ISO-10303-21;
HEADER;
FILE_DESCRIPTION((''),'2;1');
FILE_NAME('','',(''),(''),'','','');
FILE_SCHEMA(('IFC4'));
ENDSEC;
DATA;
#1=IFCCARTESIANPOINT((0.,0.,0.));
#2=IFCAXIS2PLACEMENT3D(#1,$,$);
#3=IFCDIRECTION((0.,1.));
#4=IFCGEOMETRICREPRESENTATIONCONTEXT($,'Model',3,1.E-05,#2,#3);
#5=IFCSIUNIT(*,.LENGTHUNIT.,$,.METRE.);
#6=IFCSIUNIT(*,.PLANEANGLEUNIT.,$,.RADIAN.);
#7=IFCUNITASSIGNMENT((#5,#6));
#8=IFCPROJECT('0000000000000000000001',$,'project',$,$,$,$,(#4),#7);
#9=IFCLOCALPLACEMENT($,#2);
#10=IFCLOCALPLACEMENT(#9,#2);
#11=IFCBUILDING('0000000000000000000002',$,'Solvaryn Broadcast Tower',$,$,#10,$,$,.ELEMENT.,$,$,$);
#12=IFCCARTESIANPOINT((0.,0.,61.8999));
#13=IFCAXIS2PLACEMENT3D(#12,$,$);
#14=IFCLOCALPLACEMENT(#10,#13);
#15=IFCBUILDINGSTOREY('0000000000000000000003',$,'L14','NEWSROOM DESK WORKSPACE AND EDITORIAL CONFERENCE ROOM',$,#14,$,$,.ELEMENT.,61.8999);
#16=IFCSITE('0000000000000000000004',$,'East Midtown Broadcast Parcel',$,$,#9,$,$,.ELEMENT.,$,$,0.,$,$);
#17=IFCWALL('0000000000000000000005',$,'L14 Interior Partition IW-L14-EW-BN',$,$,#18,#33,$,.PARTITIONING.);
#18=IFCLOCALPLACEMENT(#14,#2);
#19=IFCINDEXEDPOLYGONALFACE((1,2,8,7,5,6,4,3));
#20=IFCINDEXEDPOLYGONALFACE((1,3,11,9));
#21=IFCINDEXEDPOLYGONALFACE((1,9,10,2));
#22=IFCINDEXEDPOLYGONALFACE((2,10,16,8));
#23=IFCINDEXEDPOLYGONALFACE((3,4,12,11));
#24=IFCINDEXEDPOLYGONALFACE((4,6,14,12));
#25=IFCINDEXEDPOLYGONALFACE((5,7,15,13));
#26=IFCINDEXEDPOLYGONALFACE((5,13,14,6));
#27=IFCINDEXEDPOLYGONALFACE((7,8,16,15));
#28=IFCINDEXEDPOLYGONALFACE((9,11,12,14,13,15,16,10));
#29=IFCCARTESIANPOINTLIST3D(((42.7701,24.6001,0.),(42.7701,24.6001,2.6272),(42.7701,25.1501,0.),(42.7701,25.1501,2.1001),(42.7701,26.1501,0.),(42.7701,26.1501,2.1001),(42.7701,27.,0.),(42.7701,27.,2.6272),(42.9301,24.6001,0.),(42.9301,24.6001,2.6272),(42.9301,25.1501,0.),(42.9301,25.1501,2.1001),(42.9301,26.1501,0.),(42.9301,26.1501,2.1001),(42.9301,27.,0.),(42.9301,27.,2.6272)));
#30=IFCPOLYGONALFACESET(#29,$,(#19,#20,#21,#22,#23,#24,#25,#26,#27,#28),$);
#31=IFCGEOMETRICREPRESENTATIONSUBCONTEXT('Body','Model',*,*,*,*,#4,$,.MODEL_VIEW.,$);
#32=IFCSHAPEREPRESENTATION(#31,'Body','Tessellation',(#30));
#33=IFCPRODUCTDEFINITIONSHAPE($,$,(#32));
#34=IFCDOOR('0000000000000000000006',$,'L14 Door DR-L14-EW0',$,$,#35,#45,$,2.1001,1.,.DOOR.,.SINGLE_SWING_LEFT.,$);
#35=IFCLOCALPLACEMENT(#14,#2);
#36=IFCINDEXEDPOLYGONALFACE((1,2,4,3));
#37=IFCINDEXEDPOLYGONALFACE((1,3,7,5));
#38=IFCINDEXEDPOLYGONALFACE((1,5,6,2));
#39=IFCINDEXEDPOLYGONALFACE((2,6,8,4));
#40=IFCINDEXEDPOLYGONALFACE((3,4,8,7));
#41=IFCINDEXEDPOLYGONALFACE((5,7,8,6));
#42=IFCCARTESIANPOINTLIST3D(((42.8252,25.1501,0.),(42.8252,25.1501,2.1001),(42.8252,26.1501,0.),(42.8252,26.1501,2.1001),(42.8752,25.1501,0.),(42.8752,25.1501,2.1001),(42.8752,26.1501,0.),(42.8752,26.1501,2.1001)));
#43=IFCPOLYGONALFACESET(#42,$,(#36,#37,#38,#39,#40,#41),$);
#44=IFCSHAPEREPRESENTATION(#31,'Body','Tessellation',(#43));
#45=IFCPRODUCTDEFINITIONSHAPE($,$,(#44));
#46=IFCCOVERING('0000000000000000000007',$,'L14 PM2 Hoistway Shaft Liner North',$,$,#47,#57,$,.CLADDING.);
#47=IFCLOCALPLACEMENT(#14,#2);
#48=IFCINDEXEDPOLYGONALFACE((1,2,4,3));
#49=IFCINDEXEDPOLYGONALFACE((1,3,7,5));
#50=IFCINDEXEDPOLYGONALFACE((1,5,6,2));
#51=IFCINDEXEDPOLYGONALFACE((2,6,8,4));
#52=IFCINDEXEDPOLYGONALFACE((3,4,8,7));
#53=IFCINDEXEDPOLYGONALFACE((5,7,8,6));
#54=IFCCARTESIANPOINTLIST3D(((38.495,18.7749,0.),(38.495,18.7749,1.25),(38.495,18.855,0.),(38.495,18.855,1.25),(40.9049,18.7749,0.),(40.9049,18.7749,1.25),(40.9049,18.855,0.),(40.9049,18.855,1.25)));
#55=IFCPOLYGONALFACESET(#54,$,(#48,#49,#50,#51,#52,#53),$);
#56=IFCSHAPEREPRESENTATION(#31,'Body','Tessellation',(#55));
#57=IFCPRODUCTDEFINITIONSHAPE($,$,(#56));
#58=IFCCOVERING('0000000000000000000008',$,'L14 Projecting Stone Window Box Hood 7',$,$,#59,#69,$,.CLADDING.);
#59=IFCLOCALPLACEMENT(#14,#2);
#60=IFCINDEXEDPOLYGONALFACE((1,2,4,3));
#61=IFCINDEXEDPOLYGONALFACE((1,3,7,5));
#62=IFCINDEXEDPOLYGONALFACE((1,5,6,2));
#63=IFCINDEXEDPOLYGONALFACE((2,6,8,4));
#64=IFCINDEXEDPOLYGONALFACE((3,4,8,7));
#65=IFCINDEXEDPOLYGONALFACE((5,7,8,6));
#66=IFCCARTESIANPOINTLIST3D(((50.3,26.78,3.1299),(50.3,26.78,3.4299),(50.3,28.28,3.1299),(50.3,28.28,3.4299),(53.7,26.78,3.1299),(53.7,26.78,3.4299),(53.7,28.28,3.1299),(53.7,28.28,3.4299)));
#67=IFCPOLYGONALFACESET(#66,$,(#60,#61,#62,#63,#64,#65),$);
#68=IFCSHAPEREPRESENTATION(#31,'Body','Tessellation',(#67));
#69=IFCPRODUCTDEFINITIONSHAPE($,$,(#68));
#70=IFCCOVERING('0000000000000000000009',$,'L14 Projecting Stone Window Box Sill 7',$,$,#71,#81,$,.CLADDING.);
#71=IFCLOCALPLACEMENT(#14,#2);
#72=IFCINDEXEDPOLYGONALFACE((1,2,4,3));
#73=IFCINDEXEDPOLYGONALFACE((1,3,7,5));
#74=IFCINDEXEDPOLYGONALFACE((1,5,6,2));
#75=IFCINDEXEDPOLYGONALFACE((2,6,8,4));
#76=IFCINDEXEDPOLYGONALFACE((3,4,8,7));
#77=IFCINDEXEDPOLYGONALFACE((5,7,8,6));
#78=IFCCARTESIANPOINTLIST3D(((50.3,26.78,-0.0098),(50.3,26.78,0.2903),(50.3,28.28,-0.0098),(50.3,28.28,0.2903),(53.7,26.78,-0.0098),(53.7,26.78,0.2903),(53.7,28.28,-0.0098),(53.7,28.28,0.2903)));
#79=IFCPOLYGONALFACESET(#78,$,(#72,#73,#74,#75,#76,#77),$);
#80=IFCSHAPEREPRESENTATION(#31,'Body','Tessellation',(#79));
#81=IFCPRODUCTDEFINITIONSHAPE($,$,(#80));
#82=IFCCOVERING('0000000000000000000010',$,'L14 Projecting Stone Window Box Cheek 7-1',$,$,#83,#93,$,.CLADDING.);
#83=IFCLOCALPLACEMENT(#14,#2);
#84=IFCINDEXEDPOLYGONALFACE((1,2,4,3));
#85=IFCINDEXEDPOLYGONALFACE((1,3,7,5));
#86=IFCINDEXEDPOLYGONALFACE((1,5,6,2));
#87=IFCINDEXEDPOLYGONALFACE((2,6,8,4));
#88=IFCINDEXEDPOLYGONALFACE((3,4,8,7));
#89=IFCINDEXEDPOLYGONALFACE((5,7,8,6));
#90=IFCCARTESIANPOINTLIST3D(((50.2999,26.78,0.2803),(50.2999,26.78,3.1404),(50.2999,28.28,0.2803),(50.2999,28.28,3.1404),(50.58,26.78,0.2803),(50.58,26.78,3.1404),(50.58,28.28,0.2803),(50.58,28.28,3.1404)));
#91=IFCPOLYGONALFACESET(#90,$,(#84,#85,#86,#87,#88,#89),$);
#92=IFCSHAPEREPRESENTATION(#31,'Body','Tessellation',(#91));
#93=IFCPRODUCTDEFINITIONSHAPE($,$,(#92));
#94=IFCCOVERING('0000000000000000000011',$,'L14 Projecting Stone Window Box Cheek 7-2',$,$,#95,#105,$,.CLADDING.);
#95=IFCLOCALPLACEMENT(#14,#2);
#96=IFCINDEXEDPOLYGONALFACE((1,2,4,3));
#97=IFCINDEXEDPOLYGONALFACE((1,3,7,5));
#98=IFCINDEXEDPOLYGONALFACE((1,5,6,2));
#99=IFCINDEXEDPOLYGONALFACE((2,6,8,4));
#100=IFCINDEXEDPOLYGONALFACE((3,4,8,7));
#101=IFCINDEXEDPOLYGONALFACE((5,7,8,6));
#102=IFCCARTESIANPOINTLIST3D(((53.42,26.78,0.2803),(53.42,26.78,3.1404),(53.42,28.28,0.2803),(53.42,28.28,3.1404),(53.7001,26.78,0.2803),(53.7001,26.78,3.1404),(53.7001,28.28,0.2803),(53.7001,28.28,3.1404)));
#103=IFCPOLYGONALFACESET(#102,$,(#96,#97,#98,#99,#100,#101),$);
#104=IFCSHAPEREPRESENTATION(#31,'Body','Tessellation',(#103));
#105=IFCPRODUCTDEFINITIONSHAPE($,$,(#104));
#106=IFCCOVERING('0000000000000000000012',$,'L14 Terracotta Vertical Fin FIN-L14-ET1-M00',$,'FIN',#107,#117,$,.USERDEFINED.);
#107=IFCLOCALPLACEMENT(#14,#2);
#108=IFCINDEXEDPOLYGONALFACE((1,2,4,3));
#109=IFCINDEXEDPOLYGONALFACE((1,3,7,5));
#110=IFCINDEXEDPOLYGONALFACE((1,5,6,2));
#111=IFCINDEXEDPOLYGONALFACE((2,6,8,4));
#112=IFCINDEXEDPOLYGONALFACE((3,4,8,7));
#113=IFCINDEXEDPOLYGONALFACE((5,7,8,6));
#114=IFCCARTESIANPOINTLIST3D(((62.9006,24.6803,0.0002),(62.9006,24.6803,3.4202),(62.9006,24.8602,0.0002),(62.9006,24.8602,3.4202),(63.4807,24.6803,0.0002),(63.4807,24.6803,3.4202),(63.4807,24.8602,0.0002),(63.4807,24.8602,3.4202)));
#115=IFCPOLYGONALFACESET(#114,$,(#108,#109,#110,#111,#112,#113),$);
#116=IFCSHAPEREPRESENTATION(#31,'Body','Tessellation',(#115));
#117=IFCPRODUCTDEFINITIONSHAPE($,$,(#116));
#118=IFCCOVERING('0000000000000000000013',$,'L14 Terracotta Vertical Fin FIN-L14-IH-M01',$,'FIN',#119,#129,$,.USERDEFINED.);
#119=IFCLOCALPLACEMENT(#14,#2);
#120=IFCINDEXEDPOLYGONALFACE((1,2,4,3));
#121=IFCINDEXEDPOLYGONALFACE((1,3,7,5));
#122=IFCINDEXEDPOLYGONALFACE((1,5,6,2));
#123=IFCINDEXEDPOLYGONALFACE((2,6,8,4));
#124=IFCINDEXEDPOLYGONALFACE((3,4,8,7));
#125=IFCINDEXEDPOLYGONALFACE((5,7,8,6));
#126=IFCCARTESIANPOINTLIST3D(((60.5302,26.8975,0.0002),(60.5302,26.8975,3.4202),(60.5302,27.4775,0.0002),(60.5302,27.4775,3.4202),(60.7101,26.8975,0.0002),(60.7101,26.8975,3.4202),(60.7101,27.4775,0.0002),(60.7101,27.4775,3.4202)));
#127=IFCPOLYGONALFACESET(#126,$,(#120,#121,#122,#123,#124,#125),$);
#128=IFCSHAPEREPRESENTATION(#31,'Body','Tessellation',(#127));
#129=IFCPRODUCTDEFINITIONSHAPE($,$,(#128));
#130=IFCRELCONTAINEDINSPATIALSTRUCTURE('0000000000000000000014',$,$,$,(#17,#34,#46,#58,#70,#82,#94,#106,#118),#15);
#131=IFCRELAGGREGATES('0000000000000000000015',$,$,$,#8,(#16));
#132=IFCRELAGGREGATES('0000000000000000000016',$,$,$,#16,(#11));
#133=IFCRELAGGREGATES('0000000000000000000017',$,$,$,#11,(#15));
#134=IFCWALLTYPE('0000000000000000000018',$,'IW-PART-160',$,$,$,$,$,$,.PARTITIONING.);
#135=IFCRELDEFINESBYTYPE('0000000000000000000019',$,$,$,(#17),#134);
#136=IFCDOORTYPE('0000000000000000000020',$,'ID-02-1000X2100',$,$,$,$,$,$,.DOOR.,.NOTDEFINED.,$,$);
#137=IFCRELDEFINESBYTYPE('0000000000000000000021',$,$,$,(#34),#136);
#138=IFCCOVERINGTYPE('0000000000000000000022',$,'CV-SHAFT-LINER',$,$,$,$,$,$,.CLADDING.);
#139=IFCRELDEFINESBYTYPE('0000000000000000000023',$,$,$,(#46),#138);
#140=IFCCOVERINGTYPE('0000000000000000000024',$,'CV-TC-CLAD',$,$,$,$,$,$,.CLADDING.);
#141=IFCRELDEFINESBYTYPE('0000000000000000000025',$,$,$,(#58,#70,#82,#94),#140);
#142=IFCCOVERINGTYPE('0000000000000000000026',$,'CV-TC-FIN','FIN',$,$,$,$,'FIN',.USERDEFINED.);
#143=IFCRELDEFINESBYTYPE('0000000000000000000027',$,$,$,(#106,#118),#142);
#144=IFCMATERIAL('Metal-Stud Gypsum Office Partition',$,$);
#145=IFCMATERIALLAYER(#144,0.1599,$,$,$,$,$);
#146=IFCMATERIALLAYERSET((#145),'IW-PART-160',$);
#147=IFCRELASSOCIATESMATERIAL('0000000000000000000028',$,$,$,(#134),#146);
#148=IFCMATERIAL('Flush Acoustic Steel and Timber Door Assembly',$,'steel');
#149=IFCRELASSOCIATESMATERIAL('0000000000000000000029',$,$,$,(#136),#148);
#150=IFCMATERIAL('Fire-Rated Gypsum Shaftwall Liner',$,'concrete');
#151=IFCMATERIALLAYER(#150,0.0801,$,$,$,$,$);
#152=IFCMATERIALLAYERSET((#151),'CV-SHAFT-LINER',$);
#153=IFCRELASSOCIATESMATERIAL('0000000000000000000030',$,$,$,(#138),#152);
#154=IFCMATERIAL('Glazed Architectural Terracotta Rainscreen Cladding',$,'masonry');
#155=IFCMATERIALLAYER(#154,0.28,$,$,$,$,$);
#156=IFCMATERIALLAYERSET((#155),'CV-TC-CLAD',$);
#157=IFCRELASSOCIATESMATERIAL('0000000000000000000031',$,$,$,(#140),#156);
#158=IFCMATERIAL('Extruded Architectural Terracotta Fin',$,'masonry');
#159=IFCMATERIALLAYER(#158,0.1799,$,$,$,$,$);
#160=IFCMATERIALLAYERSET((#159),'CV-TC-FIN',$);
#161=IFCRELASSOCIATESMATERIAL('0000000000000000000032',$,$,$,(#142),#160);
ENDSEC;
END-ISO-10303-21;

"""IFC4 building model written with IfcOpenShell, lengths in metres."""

from ifc_helpers import new_model, si_unit, direction, frame, frame_2d, origin, origin_2d, place, context, subcontext, project, spatial, rectangle, extrude, material, layer, layer_set, type_object, element, fill, save


model = new_model("IFC4")

# Units and contexts
model_context = context("Model", 3, precision=1e-05, world=origin(), true_north=direction((0.0, 1.0)))
body_context = subcontext(model_context, "Body", "Model", "MODEL_VIEW")
ifc_project = project(units=[si_unit("LENGTHUNIT", "METRE"), si_unit("PLANEANGLEUNIT", "RADIAN")], contexts=[model_context])

# Site, building, storey
site_placement = place(None, origin())
site = spatial("IfcSite", under=ifc_project, at=site_placement, Name="East Midtown Broadcast Parcel", CompositionType="ELEMENT", RefElevation=0.0)
building_placement = place(site_placement, origin())
building = spatial("IfcBuilding", under=site, at=building_placement, Name="Solvaryn Broadcast Tower", CompositionType="ELEMENT")
storey_placement = place(building_placement, frame((0.0, 0.0, 61.8999)))
storey = spatial("IfcBuildingStorey", under=building, at=storey_placement, Name="L14", Description="NEWSROOM DESK WORKSPACE AND EDITORIAL CONFERENCE ROOM", CompositionType="ELEMENT", Elevation=61.8999)

# Wall, opening, door
ifc_material_1 = material(Name="Metal-Stud Gypsum Office Partition")
ifc_layer_1 = layer(ifc_material_1, 0.1599)
ifc_layer_set_1 = layer_set([ifc_layer_1], Name="IW-PART-160")
wall_type_1 = type_object("IfcWallType", Name="IW-PART-160", PredefinedType="PARTITIONING", material=ifc_layer_set_1)
wall_1_placement = place(storey_placement, frame((42.8501, 24.6001, 0.0), z_axis=(0.0, 0.0, 1.0), x_axis=(0.0, 1.0, 0.0)))
wall_1 = element("IfcWall", 1, at=wall_1_placement, inside=storey, type_object=wall_type_1, Name="L14 Interior Partition IW-L14-EW-BN", PredefinedType="PARTITIONING", context=body_context, shape_type="SweptSolid", body=[
    extrude(rectangle(XDim=2.3999, YDim=0.1599, at=frame_2d((1.2, 0.0))), origin(), (0.0, 0.0, 1.0), 2.6272),
])
opening_1_placement = place(wall_1_placement, frame((0.55, 0.0, 0.0)))
opening_1 = element("IfcOpeningElement", 2, at=opening_1_placement, cuts=wall_1, PredefinedType="OPENING", context=body_context, shape_type="SweptSolid", body=[
    extrude(rectangle(XDim=1.0, YDim=2.1001, at=frame_2d((0.5, 1.05))), frame((0.0, 0.0901, 0.0), z_axis=(0.0, -1.0, 0.0), x_axis=(1.0, 0.0, 0.0)), (0.0, 0.0, 1.0), 0.1799),
])
ifc_material_2 = material(Name="Flush Acoustic Steel and Timber Door Assembly", Category="steel")
door_type_1 = type_object("IfcDoorType", Name="ID-02-1000X2100", OperationType="NOTDEFINED", PredefinedType="DOOR", material=ifc_material_2)
door_1_placement = place(opening_1_placement, origin())
door_1 = element("IfcDoor", 3, at=door_1_placement, inside=storey, type_object=door_type_1, Name="L14 Door DR-L14-EW0", OperationType="SINGLE_SWING_LEFT", OverallHeight=2.1001, OverallWidth=1.0, PredefinedType="DOOR", context=body_context, shape_type="SweptSolid", body=[
    extrude(rectangle(XDim=1.0, YDim=2.1001, at=frame_2d((0.5, 1.05))), frame((0.0, 0.0249, 0.0), z_axis=(0.0, -1.0, 0.0), x_axis=(1.0, 0.0, 0.0)), (0.0, 0.0, 1.0), 0.05),
])
fill(opening_1, door_1)

# Coverings
ifc_material_3 = material(Name="Fire-Rated Gypsum Shaftwall Liner", Category="concrete")
ifc_layer_2 = layer(ifc_material_3, 0.0801)
ifc_layer_set_2 = layer_set([ifc_layer_2], Name="CV-SHAFT-LINER")
covering_type_1 = type_object("IfcCoveringType", Name="CV-SHAFT-LINER", PredefinedType="CLADDING", material=ifc_layer_set_2)
covering_1_placement = place(storey_placement, frame((39.7, 18.8149, 0.0), z_axis=(0.0, 0.0, 1.0), x_axis=(1.0, 0.0, 0.0)))
element("IfcCovering", 4, at=covering_1_placement, inside=storey, type_object=covering_type_1, Name="L14 PM2 Hoistway Shaft Liner North", PredefinedType="CLADDING", context=body_context, shape_type="SweptSolid", body=[
    extrude(rectangle(XDim=2.4099, YDim=0.0801, at=origin_2d()), origin(), (0.0, 0.0, 1.0), 1.25),
])
ifc_material_4 = material(Name="Glazed Architectural Terracotta Rainscreen Cladding", Category="masonry")
ifc_layer_3 = layer(ifc_material_4, 0.28)
ifc_layer_set_3 = layer_set([ifc_layer_3], Name="CV-TC-CLAD")
covering_type_2 = type_object("IfcCoveringType", Name="CV-TC-CLAD", PredefinedType="CLADDING", material=ifc_layer_set_3)
for number, where, z_axis, x_axis, name in (
    (5, (52.0, 27.53, 3.1299), (0.0, 0.0, 1.0), (1.0, 0.0, 0.0), "L14 Projecting Stone Window Box Hood 7"),
    (6, (52.0, 27.53, -0.0098), (0.0, 0.0, 1.0), (1.0, 0.0, 0.0), "L14 Projecting Stone Window Box Sill 7"),
):
    element("IfcCovering", number, at=place(storey_placement, frame(where, z_axis=z_axis, x_axis=x_axis)), inside=storey, type_object=covering_type_2, Name=name, PredefinedType="CLADDING", context=body_context, shape_type="SweptSolid", body=[
        extrude(rectangle(XDim=3.3999, YDim=1.5, at=origin_2d()), origin(), (0.0, 0.0, 1.0), 0.3),
    ])
for number, where, z_axis, x_axis, name in (
    (7, (50.4399, 27.53, 0.2803), (0.0, 0.0, 1.0), (1.0, 0.0, 0.0), "L14 Projecting Stone Window Box Cheek 7-1"),
    (8, (53.5601, 27.53, 0.2803), (0.0, 0.0, 1.0), (1.0, 0.0, 0.0), "L14 Projecting Stone Window Box Cheek 7-2"),
):
    element("IfcCovering", number, at=place(storey_placement, frame(where, z_axis=z_axis, x_axis=x_axis)), inside=storey, type_object=covering_type_2, Name=name, PredefinedType="CLADDING", context=body_context, shape_type="SweptSolid", body=[
        extrude(rectangle(XDim=0.28, YDim=1.5, at=origin_2d()), origin(), (0.0, 0.0, 1.0), 2.8601),
    ])
ifc_material_5 = material(Name="Extruded Architectural Terracotta Fin", Category="masonry")
ifc_layer_4 = layer(ifc_material_5, 0.1799)
ifc_layer_set_4 = layer_set([ifc_layer_4], Name="CV-TC-FIN")
covering_type_3 = type_object("IfcCoveringType", Name="CV-TC-FIN", Description="FIN", ElementType="FIN", PredefinedType="USERDEFINED", material=ifc_layer_set_4)
covering_2_placement = place(storey_placement, frame((63.1907, 24.7703, 0.0002), z_axis=(0.0, 0.0, 1.0), x_axis=(1.0, 0.0, 0.0)))
element("IfcCovering", 9, at=covering_2_placement, inside=storey, type_object=covering_type_3, Name="L14 Terracotta Vertical Fin FIN-L14-ET1-M00", ObjectType="FIN", PredefinedType="USERDEFINED", context=body_context, shape_type="SweptSolid", body=[
    extrude(rectangle(XDim=0.5801, YDim=0.1799, at=origin_2d()), origin(), (0.0, 0.0, 1.0), 3.4199),
])
covering_3_placement = place(storey_placement, frame((60.6201, 27.1875, 0.0002), z_axis=(0.0, 0.0, 1.0), x_axis=(1.0, 0.0, 0.0)))
element("IfcCovering", 10, at=covering_3_placement, inside=storey, type_object=covering_type_3, Name="L14 Terracotta Vertical Fin FIN-L14-IH-M01", ObjectType="FIN", PredefinedType="USERDEFINED", context=body_context, shape_type="SweptSolid", body=[
    extrude(rectangle(XDim=0.1799, YDim=0.5801, at=origin_2d()), origin(), (0.0, 0.0, 1.0), 3.4199),
])

save(model, "model.ifc")
